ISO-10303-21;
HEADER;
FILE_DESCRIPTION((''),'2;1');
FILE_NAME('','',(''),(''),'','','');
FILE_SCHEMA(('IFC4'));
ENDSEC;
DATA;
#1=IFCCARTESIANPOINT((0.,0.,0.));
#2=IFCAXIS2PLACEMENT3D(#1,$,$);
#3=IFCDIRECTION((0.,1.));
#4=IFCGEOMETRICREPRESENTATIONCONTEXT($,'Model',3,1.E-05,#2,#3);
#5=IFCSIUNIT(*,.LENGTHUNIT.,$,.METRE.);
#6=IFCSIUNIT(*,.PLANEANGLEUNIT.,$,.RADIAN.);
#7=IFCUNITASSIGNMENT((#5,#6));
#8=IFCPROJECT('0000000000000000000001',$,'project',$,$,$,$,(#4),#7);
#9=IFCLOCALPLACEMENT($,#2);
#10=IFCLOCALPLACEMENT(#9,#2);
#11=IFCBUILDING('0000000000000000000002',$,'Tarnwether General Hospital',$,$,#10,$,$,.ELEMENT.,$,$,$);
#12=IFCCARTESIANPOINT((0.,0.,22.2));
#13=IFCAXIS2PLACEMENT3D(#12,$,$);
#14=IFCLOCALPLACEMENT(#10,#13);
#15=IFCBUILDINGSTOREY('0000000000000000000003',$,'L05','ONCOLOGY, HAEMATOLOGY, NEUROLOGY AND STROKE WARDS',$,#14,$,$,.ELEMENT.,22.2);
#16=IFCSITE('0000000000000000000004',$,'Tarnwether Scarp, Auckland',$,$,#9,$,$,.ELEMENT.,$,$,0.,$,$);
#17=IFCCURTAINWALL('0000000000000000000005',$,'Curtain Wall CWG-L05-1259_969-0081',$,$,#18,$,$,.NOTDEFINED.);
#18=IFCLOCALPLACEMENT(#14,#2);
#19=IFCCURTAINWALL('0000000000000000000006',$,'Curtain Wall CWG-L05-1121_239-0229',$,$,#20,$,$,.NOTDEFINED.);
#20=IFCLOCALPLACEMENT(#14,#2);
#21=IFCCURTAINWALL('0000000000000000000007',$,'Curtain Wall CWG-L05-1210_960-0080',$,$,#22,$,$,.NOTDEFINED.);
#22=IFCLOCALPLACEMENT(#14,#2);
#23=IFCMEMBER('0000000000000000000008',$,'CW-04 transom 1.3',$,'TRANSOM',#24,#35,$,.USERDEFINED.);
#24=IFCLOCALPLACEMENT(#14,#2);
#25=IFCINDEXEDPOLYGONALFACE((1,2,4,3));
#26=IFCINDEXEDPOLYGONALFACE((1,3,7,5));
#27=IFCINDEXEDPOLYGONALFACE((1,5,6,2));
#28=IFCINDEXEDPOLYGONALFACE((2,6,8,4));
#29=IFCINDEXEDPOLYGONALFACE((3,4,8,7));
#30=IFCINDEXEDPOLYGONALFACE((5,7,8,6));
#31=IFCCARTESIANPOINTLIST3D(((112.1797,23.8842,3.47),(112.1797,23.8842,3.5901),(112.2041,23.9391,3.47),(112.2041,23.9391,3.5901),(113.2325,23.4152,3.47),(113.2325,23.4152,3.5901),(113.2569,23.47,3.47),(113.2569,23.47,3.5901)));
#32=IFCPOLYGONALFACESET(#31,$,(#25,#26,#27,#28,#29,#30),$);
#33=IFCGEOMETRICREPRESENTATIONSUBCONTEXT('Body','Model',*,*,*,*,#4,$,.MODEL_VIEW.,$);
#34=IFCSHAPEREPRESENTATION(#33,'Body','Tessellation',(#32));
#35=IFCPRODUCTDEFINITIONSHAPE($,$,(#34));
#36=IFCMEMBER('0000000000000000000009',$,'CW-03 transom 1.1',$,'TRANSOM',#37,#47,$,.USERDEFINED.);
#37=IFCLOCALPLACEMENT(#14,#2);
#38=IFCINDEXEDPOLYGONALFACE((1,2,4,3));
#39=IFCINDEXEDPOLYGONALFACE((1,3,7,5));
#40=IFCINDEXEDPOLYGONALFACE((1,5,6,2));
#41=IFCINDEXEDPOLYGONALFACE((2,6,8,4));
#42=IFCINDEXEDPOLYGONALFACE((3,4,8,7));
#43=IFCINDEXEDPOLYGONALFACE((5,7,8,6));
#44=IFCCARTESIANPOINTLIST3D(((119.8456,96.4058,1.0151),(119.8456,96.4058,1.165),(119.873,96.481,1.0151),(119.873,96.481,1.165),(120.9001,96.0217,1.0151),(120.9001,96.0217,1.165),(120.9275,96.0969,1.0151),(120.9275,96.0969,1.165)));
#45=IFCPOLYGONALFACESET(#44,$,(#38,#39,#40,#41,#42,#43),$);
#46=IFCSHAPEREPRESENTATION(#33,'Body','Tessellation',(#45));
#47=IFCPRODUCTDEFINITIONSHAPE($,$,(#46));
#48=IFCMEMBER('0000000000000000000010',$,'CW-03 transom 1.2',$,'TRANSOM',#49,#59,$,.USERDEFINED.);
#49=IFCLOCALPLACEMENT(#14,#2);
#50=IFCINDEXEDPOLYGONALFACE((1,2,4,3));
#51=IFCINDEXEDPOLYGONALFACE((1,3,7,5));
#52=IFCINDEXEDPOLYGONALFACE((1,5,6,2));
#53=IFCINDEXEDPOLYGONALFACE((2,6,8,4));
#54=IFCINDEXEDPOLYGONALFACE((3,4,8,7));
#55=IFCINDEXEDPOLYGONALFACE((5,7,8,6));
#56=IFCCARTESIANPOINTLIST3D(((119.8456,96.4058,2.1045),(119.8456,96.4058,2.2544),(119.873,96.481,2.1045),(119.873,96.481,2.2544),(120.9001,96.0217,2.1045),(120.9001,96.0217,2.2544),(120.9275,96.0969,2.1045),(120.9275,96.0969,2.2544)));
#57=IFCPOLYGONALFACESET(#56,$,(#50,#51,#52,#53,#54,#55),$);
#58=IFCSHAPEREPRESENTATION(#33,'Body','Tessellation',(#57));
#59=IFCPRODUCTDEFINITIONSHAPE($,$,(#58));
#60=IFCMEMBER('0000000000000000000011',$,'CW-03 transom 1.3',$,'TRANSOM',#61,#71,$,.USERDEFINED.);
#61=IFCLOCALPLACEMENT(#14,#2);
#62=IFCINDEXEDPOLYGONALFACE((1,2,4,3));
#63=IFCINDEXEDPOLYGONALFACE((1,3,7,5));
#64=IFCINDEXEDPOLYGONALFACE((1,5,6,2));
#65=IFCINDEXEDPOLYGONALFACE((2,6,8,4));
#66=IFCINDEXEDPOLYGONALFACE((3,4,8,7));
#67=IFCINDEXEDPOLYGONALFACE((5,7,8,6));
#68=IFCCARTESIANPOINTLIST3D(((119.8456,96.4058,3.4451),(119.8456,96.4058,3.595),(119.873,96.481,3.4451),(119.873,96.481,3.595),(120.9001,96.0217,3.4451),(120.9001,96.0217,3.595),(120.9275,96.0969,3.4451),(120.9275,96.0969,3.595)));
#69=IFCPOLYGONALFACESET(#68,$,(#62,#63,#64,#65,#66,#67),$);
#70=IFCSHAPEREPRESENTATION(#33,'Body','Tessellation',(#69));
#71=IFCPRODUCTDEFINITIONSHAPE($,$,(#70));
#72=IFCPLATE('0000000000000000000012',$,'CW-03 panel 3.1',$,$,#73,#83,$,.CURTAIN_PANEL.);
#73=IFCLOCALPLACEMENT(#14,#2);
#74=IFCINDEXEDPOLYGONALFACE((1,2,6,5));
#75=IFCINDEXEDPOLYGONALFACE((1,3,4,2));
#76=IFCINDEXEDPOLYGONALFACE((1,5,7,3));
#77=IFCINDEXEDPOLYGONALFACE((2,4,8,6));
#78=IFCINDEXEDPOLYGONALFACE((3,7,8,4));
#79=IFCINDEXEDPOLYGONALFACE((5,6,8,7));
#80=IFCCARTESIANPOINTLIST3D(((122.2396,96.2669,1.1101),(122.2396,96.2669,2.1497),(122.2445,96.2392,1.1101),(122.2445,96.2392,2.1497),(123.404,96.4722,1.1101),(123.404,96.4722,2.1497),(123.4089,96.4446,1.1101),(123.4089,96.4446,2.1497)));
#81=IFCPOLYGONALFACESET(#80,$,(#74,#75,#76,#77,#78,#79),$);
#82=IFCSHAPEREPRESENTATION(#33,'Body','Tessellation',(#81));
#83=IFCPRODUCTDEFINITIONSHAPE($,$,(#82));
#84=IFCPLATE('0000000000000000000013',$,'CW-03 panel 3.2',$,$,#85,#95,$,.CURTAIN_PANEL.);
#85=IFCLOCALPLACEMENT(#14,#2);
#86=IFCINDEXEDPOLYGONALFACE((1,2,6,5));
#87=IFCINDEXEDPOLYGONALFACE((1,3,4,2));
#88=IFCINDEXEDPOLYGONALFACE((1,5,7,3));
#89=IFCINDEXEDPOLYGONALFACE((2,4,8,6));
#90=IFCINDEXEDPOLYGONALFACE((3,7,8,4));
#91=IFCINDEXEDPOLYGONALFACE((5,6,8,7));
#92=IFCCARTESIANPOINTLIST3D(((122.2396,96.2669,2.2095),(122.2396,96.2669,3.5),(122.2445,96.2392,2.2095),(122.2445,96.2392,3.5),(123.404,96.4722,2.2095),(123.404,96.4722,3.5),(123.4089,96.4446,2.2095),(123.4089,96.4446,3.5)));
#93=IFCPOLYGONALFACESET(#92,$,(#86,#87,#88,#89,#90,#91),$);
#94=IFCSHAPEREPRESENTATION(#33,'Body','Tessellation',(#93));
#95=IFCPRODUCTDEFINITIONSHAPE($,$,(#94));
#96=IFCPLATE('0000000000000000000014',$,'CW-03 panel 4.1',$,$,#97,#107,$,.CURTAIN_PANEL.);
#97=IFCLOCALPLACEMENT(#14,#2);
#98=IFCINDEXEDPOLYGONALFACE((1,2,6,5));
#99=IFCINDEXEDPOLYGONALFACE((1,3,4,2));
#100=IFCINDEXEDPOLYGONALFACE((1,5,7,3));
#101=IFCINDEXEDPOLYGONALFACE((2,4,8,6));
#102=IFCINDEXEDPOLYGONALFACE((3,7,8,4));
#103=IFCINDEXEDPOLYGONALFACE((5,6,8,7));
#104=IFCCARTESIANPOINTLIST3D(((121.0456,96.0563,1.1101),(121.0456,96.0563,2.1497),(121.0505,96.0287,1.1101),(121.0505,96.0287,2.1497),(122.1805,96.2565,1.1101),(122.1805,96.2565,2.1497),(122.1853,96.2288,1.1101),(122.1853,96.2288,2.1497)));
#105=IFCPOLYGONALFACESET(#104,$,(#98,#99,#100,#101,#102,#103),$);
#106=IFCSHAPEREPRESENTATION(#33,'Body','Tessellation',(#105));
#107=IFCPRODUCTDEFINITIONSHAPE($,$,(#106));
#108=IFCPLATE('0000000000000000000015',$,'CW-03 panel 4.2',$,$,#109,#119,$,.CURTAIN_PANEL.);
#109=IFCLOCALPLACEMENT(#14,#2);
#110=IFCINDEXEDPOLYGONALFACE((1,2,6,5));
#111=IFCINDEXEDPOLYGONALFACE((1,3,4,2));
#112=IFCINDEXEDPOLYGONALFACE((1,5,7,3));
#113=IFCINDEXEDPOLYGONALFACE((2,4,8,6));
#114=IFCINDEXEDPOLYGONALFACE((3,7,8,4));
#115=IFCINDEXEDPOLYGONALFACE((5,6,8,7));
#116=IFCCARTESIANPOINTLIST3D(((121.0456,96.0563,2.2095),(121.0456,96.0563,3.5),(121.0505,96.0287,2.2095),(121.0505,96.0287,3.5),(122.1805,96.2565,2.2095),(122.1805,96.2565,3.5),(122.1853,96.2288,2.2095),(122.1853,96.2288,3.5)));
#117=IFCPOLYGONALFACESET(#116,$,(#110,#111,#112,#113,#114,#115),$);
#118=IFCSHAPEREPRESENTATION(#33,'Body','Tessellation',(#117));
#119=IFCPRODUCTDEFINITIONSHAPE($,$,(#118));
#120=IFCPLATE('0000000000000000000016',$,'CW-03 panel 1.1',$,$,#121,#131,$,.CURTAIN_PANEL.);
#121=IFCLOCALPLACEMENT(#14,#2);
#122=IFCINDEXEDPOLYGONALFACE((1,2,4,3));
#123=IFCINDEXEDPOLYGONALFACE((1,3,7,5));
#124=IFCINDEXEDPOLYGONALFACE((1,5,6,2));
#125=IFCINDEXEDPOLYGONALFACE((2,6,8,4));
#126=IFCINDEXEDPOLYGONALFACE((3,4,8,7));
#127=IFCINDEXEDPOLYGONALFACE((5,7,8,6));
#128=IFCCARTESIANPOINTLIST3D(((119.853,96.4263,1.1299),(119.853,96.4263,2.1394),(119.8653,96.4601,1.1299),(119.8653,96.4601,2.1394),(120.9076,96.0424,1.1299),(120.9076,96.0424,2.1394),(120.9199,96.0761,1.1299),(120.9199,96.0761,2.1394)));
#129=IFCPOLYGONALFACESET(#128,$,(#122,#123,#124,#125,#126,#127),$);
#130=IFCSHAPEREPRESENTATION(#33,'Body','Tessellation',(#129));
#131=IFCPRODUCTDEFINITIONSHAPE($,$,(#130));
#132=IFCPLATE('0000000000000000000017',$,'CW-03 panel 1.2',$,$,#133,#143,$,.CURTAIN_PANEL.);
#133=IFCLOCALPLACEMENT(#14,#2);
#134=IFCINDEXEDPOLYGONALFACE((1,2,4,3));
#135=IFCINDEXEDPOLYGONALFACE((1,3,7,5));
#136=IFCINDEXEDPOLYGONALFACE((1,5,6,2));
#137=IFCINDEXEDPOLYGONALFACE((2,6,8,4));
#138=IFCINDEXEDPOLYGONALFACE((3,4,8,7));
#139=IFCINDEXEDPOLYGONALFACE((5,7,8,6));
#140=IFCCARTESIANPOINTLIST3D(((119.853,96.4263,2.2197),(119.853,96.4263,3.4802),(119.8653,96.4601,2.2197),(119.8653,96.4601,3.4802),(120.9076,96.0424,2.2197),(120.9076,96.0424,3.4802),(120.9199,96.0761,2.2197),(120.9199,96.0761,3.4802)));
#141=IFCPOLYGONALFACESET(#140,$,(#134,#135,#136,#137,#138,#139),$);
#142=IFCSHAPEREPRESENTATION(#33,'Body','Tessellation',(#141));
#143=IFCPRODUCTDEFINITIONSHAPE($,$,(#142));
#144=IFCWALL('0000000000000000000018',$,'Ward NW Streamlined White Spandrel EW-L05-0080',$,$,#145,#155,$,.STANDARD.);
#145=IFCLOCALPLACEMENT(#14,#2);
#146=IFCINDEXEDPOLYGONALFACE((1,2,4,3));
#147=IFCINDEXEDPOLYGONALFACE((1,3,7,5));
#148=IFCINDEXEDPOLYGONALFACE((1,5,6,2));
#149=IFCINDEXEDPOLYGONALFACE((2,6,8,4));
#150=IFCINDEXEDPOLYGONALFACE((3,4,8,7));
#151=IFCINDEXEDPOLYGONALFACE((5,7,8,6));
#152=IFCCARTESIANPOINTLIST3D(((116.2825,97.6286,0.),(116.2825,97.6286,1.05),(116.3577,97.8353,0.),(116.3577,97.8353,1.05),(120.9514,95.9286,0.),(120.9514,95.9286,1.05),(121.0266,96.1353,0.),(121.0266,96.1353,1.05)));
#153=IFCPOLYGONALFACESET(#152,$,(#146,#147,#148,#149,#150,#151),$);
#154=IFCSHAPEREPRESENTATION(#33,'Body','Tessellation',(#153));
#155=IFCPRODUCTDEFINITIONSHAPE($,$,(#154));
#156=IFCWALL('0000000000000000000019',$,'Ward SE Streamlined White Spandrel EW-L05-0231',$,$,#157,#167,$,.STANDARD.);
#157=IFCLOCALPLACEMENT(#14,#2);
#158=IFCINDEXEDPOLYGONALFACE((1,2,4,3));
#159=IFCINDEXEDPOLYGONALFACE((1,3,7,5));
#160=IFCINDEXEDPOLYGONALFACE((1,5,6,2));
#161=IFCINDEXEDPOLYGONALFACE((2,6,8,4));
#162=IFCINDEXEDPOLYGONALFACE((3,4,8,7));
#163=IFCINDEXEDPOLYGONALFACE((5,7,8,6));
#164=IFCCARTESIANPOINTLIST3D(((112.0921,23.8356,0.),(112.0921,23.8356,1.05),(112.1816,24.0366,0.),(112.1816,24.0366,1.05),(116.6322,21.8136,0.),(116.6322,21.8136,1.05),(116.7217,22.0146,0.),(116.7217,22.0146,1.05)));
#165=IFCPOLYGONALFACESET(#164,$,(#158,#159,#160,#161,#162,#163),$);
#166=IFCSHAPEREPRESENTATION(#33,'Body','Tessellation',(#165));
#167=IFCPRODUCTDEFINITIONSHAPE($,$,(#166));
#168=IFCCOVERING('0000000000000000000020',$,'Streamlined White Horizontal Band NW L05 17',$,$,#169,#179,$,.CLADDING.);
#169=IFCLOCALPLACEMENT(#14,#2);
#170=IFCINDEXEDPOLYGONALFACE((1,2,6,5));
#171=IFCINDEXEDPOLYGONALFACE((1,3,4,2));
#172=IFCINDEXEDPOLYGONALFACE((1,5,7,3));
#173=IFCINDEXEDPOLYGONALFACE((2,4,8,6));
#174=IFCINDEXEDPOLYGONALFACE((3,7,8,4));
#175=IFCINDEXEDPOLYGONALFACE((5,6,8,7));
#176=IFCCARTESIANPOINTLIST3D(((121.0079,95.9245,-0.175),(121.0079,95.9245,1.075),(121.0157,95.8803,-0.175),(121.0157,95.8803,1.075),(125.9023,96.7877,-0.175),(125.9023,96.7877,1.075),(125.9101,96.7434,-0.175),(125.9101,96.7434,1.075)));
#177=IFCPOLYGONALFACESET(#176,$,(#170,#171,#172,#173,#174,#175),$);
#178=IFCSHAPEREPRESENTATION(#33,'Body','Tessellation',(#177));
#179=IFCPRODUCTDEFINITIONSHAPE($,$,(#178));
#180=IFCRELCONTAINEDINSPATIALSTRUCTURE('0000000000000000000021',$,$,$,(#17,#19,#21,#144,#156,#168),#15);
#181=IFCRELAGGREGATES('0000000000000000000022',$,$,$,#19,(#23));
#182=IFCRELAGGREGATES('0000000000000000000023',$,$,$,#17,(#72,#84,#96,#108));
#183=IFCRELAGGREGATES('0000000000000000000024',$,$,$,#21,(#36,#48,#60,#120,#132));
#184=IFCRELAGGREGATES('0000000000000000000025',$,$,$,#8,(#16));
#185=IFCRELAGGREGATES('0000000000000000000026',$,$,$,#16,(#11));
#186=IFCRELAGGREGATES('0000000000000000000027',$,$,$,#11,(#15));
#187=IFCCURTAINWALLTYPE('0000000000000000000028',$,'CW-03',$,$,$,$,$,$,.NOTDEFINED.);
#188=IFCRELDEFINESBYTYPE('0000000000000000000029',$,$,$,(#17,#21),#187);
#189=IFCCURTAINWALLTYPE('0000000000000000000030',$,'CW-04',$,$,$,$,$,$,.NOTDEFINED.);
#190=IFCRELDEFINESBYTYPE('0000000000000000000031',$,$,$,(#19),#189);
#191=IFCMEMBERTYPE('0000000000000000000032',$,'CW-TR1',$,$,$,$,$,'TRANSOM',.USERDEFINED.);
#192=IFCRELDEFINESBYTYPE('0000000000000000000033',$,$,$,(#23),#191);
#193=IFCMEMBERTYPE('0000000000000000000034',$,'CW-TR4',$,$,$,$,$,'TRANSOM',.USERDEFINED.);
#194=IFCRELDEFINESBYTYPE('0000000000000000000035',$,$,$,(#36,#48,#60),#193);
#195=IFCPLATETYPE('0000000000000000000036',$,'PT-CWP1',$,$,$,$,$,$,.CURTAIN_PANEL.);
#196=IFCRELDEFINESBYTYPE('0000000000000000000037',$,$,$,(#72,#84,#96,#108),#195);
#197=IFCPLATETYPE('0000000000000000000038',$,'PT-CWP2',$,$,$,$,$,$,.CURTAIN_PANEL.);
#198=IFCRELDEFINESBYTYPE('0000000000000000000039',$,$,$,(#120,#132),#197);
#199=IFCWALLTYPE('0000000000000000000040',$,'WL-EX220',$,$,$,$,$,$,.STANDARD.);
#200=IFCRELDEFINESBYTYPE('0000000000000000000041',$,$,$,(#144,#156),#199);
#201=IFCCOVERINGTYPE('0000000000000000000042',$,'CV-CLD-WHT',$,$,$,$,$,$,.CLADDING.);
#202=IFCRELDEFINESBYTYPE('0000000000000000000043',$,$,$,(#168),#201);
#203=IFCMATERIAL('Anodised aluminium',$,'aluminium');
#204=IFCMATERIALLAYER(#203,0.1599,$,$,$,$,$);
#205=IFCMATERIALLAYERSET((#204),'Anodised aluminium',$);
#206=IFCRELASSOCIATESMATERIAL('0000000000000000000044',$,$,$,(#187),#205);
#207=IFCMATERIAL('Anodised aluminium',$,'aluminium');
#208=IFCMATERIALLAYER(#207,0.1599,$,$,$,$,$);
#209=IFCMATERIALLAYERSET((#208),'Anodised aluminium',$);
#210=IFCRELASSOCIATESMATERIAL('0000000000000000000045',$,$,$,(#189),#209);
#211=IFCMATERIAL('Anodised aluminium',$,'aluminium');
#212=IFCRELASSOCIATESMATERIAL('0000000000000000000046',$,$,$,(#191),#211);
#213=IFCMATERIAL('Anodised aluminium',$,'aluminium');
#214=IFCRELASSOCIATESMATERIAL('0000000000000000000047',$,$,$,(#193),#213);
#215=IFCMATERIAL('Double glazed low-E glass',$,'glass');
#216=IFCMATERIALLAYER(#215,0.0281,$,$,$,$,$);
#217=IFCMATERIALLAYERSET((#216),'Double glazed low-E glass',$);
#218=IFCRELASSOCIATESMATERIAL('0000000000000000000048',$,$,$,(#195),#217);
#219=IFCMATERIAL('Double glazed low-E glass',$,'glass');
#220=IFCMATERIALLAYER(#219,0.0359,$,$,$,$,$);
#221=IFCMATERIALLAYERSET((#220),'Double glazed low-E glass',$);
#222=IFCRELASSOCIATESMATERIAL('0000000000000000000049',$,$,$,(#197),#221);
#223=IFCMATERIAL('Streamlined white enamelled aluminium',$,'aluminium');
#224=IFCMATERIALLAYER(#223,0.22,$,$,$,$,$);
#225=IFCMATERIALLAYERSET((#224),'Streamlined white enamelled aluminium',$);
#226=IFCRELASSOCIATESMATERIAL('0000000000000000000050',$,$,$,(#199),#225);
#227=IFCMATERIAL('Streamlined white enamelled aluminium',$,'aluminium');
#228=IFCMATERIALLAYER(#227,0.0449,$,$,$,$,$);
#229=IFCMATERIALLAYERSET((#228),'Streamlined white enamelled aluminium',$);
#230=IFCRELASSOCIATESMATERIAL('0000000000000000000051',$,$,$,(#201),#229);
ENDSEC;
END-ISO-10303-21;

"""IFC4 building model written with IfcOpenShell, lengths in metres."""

from ifc_helpers import new_model, si_unit, direction, frame, frame_2d, origin, origin_2d, place, context, subcontext, project, spatial, rectangle, extrude, material, layer, layer_set, material_profile, profile_set, type_object, element, aggregate, save


model = new_model("IFC4")

# Units and contexts
model_context = context("Model", 3, precision=1e-05, world=origin(), true_north=direction((0.0, 1.0)))
body_context = subcontext(model_context, "Body", "Model", "MODEL_VIEW")
ifc_project = project(units=[si_unit("LENGTHUNIT", "METRE"), si_unit("PLANEANGLEUNIT", "RADIAN")], contexts=[model_context])

# Site, building, storey
site_placement = place(None, origin())
site = spatial("IfcSite", under=ifc_project, at=site_placement, Name="Tarnwether Scarp, Auckland", CompositionType="ELEMENT", RefElevation=0.0)
building_placement = place(site_placement, origin())
building = spatial("IfcBuilding", under=site, at=building_placement, Name="Tarnwether General Hospital", CompositionType="ELEMENT")
storey_placement = place(building_placement, frame((0.0, 0.0, 22.2)))
storey = spatial("IfcBuildingStorey", under=building, at=storey_placement, Name="L05", Description="ONCOLOGY, HAEMATOLOGY, NEUROLOGY AND STROKE WARDS", CompositionType="ELEMENT", Elevation=22.2)

# Curtain wall
ifc_material_1 = material(Name="Anodised aluminium", Category="aluminium")
ifc_layer_1 = layer(ifc_material_1, 0.1599)
ifc_layer_set_1 = layer_set([ifc_layer_1], Name="Anodised aluminium")
curtain_wall_type_1 = type_object("IfcCurtainWallType", Name="CW-03", PredefinedType="NOTDEFINED", material=ifc_layer_set_1)
curtain_wall_1_placement = place(storey_placement, origin())
curtain_wall_1 = element("IfcCurtainWall", 1, at=curtain_wall_1_placement, inside=storey, type_object=curtain_wall_type_1, Name="Curtain Wall CWG-L05-1259_969-0081", PredefinedType="NOTDEFINED")

# Curtain wall
ifc_material_2 = material(Name="Anodised aluminium", Category="aluminium")
ifc_layer_2 = layer(ifc_material_2, 0.1599)
ifc_layer_set_2 = layer_set([ifc_layer_2], Name="Anodised aluminium")
curtain_wall_type_2 = type_object("IfcCurtainWallType", Name="CW-04", PredefinedType="NOTDEFINED", material=ifc_layer_set_2)
curtain_wall_2_placement = place(storey_placement, origin())
curtain_wall_2 = element("IfcCurtainWall", 2, at=curtain_wall_2_placement, inside=storey, type_object=curtain_wall_type_2, Name="Curtain Wall CWG-L05-1121_239-0229", PredefinedType="NOTDEFINED")

# Curtain wall
curtain_wall_3_placement = place(storey_placement, origin())
curtain_wall_3 = element("IfcCurtainWall", 3, at=curtain_wall_3_placement, inside=storey, type_object=curtain_wall_type_1, Name="Curtain Wall CWG-L05-1210_960-0080", PredefinedType="NOTDEFINED")

# Members
ifc_material_3 = material(Name="Anodised aluminium", Category="aluminium")
ifc_material_profile_1 = material_profile(ifc_material_3, rectangle(XDim=0.0601, YDim=0.1201, at=origin_2d()), Name="ALU-TRN-60x120")
ifc_profile_set_1 = profile_set([ifc_material_profile_1], Name="Anodised aluminium")
member_type_1 = type_object("IfcMemberType", Name="CW-TR1", ElementType="TRANSOM", PredefinedType="USERDEFINED", material=ifc_profile_set_1)
member_1_placement = place(storey_placement, frame((112.1919, 23.9116, 3.53), z_axis=(0.913453, -0.406944, 0.0), x_axis=(0.406944, 0.913453, 0.0)))
member_1 = element("IfcMember", 4, at=member_1_placement, type_object=member_type_1, Name="CW-04 transom 1.3", ObjectType="TRANSOM", PredefinedType="USERDEFINED", context=body_context, shape_type="SweptSolid", body=[
    extrude(rectangle(XDim=0.0601, YDim=0.1201, at=origin_2d()), origin(), (0.0, 0.0, 1.0), 1.1526),
])
aggregate(curtain_wall_2, [member_1])
ifc_material_4 = material(Name="Anodised aluminium", Category="aluminium")
ifc_material_profile_2 = material_profile(ifc_material_4, rectangle(XDim=0.0801, YDim=0.1499, at=origin_2d()), Name="ALU-TRN-80x150")
ifc_profile_set_2 = profile_set([ifc_material_profile_2], Name="Anodised aluminium")
member_type_2 = type_object("IfcMemberType", Name="CW-TR4", ElementType="TRANSOM", PredefinedType="USERDEFINED", material=ifc_profile_set_2)
member_2_placement = place(storey_placement, frame((120.9138, 96.0593, 1.0901), z_axis=(-0.939622, 0.342215, 0.0), x_axis=(-0.342215, -0.939622, 0.0)))
member_2 = element("IfcMember", 5, at=member_2_placement, type_object=member_type_2, Name="CW-03 transom 1.1", ObjectType="TRANSOM", PredefinedType="USERDEFINED", context=body_context, shape_type="SweptSolid", body=[
    extrude(rectangle(XDim=0.0801, YDim=0.1499, at=origin_2d()), origin(), (0.0, 0.0, 1.0), 1.1223),
])
member_3_placement = place(storey_placement, frame((120.9138, 96.0593, 2.1794), z_axis=(-0.939622, 0.342215, 0.0), x_axis=(-0.342215, -0.939622, 0.0)))
member_3 = element("IfcMember", 6, at=member_3_placement, type_object=member_type_2, Name="CW-03 transom 1.2", ObjectType="TRANSOM", PredefinedType="USERDEFINED", context=body_context, shape_type="SweptSolid", body=[
    extrude(rectangle(XDim=0.0801, YDim=0.1499, at=origin_2d()), origin(), (0.0, 0.0, 1.0), 1.1223),
])
member_4_placement = place(storey_placement, frame((120.9138, 96.0593, 3.52), z_axis=(-0.939622, 0.342215, 0.0), x_axis=(-0.342215, -0.939622, 0.0)))
member_4 = element("IfcMember", 7, at=member_4_placement, type_object=member_type_2, Name="CW-03 transom 1.3", ObjectType="TRANSOM", PredefinedType="USERDEFINED", context=body_context, shape_type="SweptSolid", body=[
    extrude(rectangle(XDim=0.0801, YDim=0.1499, at=origin_2d()), origin(), (0.0, 0.0, 1.0), 1.1223),
])

# Plates
ifc_material_5 = material(Name="Double glazed low-E glass", Category="glass")
ifc_layer_3 = layer(ifc_material_5, 0.0281)
ifc_layer_set_3 = layer_set([ifc_layer_3], Name="Double glazed low-E glass")
plate_type_1 = type_object("IfcPlateType", Name="PT-CWP1", PredefinedType="CURTAIN_PANEL", material=ifc_layer_set_3)
plate_1_placement = place(storey_placement, frame((122.8242, 96.3557, 1.1101), z_axis=(0.0, 0.0, 1.0), x_axis=(-0.984806, -0.173659, 0.0)))
plate_1 = element("IfcPlate", 8, at=plate_1_placement, type_object=plate_type_1, Name="CW-03 panel 3.1", PredefinedType="CURTAIN_PANEL", context=body_context, shape_type="SweptSolid", body=[
    extrude(rectangle(XDim=1.1824, YDim=0.0281, at=origin_2d()), origin(), (0.0, 0.0, 1.0), 1.0396),
])
plate_2_placement = place(storey_placement, frame((122.8242, 96.3557, 2.2095), z_axis=(0.0, 0.0, 1.0), x_axis=(-0.984806, -0.173659, 0.0)))
plate_2 = element("IfcPlate", 9, at=plate_2_placement, type_object=plate_type_1, Name="CW-03 panel 3.2", PredefinedType="CURTAIN_PANEL", context=body_context, shape_type="SweptSolid", body=[
    extrude(rectangle(XDim=1.1824, YDim=0.0281, at=origin_2d()), origin(), (0.0, 0.0, 1.0), 1.2905),
])
plate_3_placement = place(storey_placement, frame((121.6155, 96.1426, 1.1101), z_axis=(0.0, 0.0, 1.0), x_axis=(-0.984806, -0.173659, 0.0)))
plate_3 = element("IfcPlate", 10, at=plate_3_placement, type_object=plate_type_1, Name="CW-03 panel 4.1", PredefinedType="CURTAIN_PANEL", context=body_context, shape_type="SweptSolid", body=[
    extrude(rectangle(XDim=1.1523, YDim=0.0281, at=origin_2d()), origin(), (0.0, 0.0, 1.0), 1.0396),
])
plate_4_placement = place(storey_placement, frame((121.6155, 96.1426, 2.2095), z_axis=(0.0, 0.0, 1.0), x_axis=(-0.984806, -0.173659, 0.0)))
plate_4 = element("IfcPlate", 11, at=plate_4_placement, type_object=plate_type_1, Name="CW-03 panel 4.2", PredefinedType="CURTAIN_PANEL", context=body_context, shape_type="SweptSolid", body=[
    extrude(rectangle(XDim=1.1523, YDim=0.0281, at=origin_2d()), origin(), (0.0, 0.0, 1.0), 1.2905),
])
aggregate(curtain_wall_1, [plate_1, plate_2, plate_3, plate_4])
ifc_material_6 = material(Name="Double glazed low-E glass", Category="glass")
ifc_layer_4 = layer(ifc_material_6, 0.0359)
ifc_layer_set_4 = layer_set([ifc_layer_4], Name="Double glazed low-E glass")
plate_type_2 = type_object("IfcPlateType", Name="PT-CWP2", PredefinedType="CURTAIN_PANEL", material=ifc_layer_set_4)
plate_5_placement = place(storey_placement, frame((120.3865, 96.2512, 1.1299), z_axis=(0.0, 0.0, 1.0), x_axis=(-0.939652, 0.342131, 0.0)))
plate_5 = element("IfcPlate", 12, at=plate_5_placement, type_object=plate_type_2, Name="CW-03 panel 1.1", PredefinedType="CURTAIN_PANEL", context=body_context, shape_type="SweptSolid", body=[
    extrude(rectangle(XDim=1.1223, YDim=0.0359, at=origin_2d()), origin(), (0.0, 0.0, 1.0), 1.0095),
])
plate_6_placement = place(storey_placement, frame((120.3865, 96.2512, 2.2197), z_axis=(0.0, 0.0, 1.0), x_axis=(-0.939652, 0.342131, 0.0)))
plate_6 = element("IfcPlate", 13, at=plate_6_placement, type_object=plate_type_2, Name="CW-03 panel 1.2", PredefinedType="CURTAIN_PANEL", context=body_context, shape_type="SweptSolid", body=[
    extrude(rectangle(XDim=1.1223, YDim=0.0359, at=origin_2d()), origin(), (0.0, 0.0, 1.0), 1.2605),
])
aggregate(curtain_wall_3, [member_2, member_3, member_4, plate_5, plate_6])

# Walls
ifc_material_7 = material(Name="Streamlined white enamelled aluminium", Category="aluminium")
ifc_layer_5 = layer(ifc_material_7, 0.22)
ifc_layer_set_5 = layer_set([ifc_layer_5], Name="Streamlined white enamelled aluminium")
wall_type = type_object("IfcWallType", Name="WL-EX220", PredefinedType="STANDARD", material=ifc_layer_set_5)
wall_1_placement = place(storey_placement, frame((120.989, 96.032, 0.0), z_axis=(0.0, 0.0, 1.0), x_axis=(-0.939654, 0.342126, 0.0)))
element("IfcWall", 14, at=wall_1_placement, inside=storey, type_object=wall_type, Name="Ward NW Streamlined White Spandrel EW-L05-0080", PredefinedType="STANDARD", context=body_context, shape_type="SweptSolid", body=[
    extrude(rectangle(XDim=4.9688, YDim=0.22, at=frame_2d((2.4844, 0.0))), origin(), (0.0, 0.0, 1.0), 1.05),
])
wall_2_placement = place(storey_placement, frame((112.137, 23.936, 0.0), z_axis=(0.0, 0.0, 1.0), x_axis=(0.913499, -0.40684, 0.0)))
element("IfcWall", 15, at=wall_2_placement, inside=storey, type_object=wall_type, Name="Ward SE Streamlined White Spandrel EW-L05-0231", PredefinedType="STANDARD", context=body_context, shape_type="SweptSolid", body=[
    extrude(rectangle(XDim=4.97, YDim=0.22, at=frame_2d((2.4849, 0.0))), origin(), (0.0, 0.0, 1.0), 1.05),
])

# Covering
ifc_material_8 = material(Name="Streamlined white enamelled aluminium", Category="aluminium")
ifc_layer_6 = layer(ifc_material_8, 0.0449)
ifc_layer_set_6 = layer_set([ifc_layer_6], Name="Streamlined white enamelled aluminium")
covering_type = type_object("IfcCoveringType", Name="CV-CLD-WHT", PredefinedType="CLADDING", material=ifc_layer_set_6)
covering_placement = place(storey_placement, frame((123.459, 96.334, -0.175), z_axis=(0.0, 0.0, 1.0), x_axis=(-0.984805, -0.173665, 0.0)))
element("IfcCovering", 16, at=covering_placement, inside=storey, type_object=covering_type, Name="Streamlined White Horizontal Band NW L05 17", PredefinedType="CLADDING", context=body_context, shape_type="SweptSolid", body=[
    extrude(rectangle(XDim=4.97, YDim=0.0449, at=origin_2d()), origin(), (0.0, 0.0, 1.0), 1.25),
])

save(model, "model.ifc")
